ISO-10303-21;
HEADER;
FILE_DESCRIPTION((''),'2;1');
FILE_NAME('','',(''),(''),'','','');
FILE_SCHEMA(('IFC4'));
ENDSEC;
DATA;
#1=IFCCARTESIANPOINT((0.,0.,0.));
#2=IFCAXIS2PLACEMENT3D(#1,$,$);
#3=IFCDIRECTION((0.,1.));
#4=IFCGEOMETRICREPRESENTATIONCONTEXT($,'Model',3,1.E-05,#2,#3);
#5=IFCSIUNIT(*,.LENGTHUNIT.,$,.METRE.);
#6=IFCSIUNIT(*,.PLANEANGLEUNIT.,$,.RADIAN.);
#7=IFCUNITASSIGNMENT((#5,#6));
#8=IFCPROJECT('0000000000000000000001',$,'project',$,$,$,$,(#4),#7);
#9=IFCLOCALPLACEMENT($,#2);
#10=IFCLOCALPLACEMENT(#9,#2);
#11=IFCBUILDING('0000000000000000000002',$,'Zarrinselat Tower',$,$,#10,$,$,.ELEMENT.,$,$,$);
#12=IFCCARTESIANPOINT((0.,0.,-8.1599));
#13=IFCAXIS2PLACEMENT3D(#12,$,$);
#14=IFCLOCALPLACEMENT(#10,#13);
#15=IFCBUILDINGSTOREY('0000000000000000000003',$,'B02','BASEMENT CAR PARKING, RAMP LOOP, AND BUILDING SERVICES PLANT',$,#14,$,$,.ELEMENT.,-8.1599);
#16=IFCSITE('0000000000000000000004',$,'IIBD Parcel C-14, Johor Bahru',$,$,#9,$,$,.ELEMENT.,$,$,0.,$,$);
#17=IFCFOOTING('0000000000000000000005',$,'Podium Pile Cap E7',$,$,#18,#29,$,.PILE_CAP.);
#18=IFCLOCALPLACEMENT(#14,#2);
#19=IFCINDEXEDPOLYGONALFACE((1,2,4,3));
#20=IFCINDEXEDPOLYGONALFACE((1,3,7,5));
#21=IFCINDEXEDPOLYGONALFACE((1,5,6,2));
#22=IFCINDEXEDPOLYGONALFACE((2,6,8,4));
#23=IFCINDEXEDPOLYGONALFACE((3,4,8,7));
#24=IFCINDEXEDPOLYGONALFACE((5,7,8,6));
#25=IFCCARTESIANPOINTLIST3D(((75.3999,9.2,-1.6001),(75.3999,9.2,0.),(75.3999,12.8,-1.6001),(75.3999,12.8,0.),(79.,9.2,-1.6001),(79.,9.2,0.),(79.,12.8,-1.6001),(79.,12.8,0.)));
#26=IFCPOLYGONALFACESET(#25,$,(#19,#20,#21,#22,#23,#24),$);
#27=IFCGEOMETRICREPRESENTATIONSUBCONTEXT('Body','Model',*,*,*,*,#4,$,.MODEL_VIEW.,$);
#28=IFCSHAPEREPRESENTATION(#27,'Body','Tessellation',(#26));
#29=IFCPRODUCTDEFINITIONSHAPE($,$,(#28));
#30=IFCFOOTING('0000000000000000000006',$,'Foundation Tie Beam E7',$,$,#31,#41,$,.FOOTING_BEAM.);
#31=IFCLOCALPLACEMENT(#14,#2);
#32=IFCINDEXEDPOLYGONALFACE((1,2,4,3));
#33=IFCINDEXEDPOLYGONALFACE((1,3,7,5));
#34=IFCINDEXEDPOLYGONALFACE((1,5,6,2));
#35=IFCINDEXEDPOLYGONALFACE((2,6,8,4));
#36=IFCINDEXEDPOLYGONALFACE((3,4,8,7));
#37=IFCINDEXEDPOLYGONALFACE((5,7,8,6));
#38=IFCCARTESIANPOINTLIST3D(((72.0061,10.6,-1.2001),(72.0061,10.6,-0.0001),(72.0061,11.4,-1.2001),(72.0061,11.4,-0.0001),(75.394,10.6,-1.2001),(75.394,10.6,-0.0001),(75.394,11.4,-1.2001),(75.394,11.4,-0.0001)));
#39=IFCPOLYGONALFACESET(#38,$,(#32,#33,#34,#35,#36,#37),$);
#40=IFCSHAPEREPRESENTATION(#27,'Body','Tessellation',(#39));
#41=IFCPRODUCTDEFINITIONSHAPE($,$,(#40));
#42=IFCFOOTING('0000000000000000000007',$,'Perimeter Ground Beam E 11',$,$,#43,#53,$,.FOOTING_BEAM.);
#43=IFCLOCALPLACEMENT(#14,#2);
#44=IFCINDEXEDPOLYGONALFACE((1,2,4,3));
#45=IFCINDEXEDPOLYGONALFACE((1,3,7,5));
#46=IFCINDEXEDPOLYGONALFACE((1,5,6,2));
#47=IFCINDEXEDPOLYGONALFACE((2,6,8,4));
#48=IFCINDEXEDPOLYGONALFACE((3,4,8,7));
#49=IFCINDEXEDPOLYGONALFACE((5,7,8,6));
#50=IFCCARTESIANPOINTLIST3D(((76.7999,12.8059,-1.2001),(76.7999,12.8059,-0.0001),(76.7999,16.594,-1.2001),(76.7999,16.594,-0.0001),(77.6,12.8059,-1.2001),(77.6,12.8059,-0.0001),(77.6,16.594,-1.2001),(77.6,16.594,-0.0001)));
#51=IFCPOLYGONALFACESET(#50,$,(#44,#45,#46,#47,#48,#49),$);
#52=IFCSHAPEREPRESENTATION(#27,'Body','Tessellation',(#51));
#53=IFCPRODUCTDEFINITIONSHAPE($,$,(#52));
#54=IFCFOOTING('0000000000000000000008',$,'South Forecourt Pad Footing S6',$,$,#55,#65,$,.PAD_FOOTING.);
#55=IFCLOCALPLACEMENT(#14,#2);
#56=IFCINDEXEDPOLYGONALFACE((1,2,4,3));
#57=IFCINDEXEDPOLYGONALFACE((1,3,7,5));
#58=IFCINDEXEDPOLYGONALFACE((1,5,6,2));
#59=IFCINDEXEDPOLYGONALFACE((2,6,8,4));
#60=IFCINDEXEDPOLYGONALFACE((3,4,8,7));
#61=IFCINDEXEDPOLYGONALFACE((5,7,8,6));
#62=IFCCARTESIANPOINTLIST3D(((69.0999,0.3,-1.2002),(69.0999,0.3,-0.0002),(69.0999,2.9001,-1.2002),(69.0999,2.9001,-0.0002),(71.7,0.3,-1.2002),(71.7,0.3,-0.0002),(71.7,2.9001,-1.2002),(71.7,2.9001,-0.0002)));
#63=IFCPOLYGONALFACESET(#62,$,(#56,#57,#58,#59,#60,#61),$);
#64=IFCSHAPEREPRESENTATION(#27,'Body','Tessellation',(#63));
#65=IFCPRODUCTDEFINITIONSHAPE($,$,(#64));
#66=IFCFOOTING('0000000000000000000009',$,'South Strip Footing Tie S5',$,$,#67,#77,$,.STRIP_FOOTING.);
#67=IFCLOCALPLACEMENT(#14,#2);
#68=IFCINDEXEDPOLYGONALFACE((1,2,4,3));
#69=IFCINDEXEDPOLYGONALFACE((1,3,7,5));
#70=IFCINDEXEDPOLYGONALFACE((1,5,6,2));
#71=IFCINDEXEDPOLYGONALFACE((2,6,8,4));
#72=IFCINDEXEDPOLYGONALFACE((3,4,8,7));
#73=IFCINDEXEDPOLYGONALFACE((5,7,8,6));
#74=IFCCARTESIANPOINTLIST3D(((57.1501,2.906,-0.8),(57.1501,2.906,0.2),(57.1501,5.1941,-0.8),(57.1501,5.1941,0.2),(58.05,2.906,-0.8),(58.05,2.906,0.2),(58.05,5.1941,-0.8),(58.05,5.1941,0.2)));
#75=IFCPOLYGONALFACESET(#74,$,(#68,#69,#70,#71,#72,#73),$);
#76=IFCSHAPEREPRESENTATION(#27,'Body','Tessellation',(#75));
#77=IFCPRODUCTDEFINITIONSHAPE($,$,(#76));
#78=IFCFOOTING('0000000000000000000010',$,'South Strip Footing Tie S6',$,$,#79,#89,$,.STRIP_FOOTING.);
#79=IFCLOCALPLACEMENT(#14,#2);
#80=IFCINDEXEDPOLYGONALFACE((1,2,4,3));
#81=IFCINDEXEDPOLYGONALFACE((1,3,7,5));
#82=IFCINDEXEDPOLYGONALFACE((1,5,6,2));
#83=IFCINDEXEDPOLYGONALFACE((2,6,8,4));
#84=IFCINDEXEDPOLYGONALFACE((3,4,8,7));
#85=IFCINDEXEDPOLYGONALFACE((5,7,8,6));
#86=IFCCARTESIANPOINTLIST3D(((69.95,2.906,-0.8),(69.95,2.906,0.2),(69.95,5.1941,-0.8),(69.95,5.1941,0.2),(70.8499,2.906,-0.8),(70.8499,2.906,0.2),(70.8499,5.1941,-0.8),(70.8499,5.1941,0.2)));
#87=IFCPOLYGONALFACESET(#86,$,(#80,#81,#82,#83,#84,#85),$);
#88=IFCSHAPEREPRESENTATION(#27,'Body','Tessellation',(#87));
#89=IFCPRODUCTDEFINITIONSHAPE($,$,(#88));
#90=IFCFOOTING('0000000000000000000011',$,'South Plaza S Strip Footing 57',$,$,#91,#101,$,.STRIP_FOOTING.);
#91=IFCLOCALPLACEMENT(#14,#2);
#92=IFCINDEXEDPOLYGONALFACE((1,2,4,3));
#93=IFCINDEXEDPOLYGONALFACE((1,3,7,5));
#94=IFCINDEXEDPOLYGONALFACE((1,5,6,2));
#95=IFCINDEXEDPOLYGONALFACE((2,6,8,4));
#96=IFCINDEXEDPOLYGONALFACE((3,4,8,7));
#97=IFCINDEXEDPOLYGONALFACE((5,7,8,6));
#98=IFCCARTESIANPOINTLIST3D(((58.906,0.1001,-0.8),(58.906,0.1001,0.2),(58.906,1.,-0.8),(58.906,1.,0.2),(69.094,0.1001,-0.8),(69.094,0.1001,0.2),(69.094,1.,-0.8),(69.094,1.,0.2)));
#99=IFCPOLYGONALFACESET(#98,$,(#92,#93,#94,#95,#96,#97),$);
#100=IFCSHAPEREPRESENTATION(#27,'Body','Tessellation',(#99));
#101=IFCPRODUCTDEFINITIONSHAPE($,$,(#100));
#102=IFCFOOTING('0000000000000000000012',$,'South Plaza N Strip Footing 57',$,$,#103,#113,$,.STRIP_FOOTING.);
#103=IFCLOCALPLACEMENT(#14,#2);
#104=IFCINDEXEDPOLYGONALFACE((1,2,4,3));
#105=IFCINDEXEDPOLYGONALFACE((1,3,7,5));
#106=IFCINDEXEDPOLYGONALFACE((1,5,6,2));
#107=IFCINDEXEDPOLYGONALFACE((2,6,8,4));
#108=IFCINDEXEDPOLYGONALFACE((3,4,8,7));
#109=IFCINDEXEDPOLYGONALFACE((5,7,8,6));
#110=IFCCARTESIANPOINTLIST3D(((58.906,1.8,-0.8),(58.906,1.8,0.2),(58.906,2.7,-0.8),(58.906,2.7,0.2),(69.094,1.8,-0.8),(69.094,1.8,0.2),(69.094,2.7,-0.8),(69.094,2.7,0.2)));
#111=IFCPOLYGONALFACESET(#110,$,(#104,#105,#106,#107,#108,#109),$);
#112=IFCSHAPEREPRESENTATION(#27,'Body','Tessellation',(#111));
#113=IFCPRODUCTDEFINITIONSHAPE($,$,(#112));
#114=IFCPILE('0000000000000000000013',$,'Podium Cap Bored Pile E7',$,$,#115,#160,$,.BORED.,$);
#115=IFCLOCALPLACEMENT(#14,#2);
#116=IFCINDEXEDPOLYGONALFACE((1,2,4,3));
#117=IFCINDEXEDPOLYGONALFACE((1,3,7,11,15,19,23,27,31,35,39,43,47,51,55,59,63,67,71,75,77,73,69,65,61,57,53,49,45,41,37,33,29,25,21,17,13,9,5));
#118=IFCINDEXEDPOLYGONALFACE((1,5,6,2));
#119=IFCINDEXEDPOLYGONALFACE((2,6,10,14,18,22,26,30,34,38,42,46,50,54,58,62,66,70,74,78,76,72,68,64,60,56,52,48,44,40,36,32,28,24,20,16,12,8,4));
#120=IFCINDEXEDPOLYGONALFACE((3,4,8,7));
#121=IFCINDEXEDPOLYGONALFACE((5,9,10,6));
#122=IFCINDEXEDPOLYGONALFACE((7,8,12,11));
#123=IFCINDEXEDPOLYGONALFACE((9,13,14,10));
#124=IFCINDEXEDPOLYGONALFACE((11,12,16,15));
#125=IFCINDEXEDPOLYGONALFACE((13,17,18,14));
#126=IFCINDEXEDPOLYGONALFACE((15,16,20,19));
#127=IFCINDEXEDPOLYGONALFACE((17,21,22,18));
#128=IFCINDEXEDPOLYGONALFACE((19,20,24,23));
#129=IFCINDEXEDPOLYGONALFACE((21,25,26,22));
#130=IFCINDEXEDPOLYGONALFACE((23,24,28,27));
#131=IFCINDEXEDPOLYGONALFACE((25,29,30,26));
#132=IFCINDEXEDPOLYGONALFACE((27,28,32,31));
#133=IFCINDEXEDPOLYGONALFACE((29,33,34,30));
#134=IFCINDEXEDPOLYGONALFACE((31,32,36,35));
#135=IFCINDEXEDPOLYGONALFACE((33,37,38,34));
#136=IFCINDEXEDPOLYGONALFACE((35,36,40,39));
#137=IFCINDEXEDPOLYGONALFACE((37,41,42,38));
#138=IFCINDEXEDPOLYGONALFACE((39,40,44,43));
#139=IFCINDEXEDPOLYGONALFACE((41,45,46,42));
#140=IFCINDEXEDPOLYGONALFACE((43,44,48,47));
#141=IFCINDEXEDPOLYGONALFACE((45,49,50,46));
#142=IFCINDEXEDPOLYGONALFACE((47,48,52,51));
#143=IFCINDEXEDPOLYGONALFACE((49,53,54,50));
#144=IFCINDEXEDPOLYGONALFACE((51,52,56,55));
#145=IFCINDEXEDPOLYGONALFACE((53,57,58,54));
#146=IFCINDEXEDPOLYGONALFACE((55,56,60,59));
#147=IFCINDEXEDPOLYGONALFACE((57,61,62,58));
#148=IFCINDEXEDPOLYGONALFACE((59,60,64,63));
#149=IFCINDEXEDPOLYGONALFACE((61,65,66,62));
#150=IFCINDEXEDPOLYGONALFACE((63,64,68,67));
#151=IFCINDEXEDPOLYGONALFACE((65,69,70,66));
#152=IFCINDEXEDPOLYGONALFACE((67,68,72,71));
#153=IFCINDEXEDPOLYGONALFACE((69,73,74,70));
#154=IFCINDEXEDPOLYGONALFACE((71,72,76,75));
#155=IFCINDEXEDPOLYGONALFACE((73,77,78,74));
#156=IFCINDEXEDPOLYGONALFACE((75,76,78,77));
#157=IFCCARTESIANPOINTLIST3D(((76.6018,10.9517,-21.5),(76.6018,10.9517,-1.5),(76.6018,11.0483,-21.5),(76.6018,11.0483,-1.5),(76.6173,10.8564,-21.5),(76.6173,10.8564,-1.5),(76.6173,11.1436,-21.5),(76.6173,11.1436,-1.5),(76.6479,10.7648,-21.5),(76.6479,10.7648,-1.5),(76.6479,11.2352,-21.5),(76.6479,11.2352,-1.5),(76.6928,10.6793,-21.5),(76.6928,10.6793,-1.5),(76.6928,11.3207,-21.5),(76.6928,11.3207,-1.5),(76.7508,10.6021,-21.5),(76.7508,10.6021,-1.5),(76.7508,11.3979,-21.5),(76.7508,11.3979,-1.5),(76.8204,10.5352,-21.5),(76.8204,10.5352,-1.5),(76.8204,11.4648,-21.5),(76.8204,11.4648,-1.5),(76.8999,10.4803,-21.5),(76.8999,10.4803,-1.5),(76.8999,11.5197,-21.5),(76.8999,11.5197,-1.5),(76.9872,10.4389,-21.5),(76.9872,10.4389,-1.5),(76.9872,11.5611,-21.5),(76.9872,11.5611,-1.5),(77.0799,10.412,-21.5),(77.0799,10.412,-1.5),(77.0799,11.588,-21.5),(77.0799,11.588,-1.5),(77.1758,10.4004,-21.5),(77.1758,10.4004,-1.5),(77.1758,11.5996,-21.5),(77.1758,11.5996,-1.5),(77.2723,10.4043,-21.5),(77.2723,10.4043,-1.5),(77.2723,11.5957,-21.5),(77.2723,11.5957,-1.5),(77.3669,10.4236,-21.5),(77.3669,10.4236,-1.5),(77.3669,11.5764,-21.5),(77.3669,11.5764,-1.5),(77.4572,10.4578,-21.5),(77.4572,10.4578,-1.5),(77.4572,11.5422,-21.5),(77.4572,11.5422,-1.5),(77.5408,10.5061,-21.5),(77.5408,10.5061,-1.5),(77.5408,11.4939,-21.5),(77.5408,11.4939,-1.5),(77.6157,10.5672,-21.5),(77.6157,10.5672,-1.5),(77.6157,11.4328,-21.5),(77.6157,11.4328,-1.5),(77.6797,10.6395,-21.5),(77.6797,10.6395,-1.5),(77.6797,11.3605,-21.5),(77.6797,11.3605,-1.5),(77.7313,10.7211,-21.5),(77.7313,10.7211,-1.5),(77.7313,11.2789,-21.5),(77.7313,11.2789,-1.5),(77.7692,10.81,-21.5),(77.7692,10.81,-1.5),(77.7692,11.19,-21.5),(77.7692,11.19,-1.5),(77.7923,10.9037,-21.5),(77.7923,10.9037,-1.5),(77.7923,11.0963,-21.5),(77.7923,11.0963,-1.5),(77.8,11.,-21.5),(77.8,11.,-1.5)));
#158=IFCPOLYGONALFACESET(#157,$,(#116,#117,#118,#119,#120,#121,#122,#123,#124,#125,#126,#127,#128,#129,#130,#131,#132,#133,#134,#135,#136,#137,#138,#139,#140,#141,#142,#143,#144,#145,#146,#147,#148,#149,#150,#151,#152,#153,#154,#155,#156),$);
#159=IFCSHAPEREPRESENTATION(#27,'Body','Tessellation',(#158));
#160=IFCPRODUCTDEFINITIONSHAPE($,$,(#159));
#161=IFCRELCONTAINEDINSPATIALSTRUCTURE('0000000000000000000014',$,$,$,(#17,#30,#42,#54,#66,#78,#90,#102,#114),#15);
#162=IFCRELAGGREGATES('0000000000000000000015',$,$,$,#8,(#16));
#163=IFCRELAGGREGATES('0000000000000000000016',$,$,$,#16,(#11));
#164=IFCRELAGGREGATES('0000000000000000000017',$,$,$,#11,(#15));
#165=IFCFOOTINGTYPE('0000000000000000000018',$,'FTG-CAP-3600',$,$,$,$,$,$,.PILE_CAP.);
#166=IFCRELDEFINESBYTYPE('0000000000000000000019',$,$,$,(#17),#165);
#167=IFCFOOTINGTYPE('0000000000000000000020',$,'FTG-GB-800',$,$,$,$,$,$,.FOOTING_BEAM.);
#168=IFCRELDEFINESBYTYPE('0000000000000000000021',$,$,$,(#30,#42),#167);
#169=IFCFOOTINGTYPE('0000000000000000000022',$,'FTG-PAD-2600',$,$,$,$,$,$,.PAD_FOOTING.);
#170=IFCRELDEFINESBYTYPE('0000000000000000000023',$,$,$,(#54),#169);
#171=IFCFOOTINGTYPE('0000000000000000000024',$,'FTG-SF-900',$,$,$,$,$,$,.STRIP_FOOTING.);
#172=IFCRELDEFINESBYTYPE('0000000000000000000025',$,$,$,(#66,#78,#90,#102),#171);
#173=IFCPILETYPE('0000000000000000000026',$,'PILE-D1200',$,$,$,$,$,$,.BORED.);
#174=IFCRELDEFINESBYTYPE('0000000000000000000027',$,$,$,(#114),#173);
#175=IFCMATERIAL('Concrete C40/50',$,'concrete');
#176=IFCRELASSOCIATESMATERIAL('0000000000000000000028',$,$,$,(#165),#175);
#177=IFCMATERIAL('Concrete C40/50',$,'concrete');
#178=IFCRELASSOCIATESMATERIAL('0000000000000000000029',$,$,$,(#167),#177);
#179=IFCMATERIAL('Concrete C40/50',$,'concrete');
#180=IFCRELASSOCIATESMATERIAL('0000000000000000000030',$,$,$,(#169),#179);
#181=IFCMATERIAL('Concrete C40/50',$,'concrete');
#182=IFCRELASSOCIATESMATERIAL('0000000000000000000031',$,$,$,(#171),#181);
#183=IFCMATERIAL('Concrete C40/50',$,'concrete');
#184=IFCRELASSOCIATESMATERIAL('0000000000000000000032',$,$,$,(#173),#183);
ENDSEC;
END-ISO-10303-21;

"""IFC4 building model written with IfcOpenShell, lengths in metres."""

from ifc_helpers import new_model, si_unit, direction, frame, origin, origin_2d, place, context, subcontext, project, spatial, rectangle, circle, extrude, material, material_profile, profile_set, type_object, element, save


model = new_model("IFC4")

# Units and contexts
model_context = context("Model", 3, precision=1e-05, world=origin(), true_north=direction((0.0, 1.0)))
body_context = subcontext(model_context, "Body", "Model", "MODEL_VIEW")
ifc_project = project(units=[si_unit("LENGTHUNIT", "METRE"), si_unit("PLANEANGLEUNIT", "RADIAN")], contexts=[model_context])

# Site, building, storey
site_placement = place(None, origin())
site = spatial("IfcSite", under=ifc_project, at=site_placement, Name="IIBD Parcel C-14, Johor Bahru", CompositionType="ELEMENT", RefElevation=0.0)
building_placement = place(site_placement, origin())
building = spatial("IfcBuilding", under=site, at=building_placement, Name="Zarrinselat Tower", CompositionType="ELEMENT")
storey_placement = place(building_placement, frame((0.0, 0.0, -8.1599)))
storey = spatial("IfcBuildingStorey", under=building, at=storey_placement, Name="B02", Description="BASEMENT CAR PARKING, RAMP LOOP, AND BUILDING SERVICES PLANT", CompositionType="ELEMENT", Elevation=-8.1599)

# Footings
ifc_material_1 = material(Name="Concrete C40/50", Category="concrete")
footing_type_1 = type_object("IfcFootingType", Name="FTG-CAP-3600", PredefinedType="PILE_CAP", material=ifc_material_1)
footing_1_placement = place(storey_placement, frame((77.2, 11.0, -1.6001), z_axis=(0.0, 0.0, 1.0), x_axis=(1.0, 0.0, 0.0)))
element("IfcFooting", 1, at=footing_1_placement, inside=storey, type_object=footing_type_1, Name="Podium Pile Cap E7", PredefinedType="PILE_CAP", context=body_context, shape_type="SweptSolid", body=[
    extrude(rectangle(XDim=3.6001, YDim=3.6001, at=origin_2d()), origin(), (0.0, 0.0, 1.0), 1.6001),
])
ifc_material_2 = material(Name="Concrete C40/50", Category="concrete")
ifc_material_profile_1 = material_profile(ifc_material_2, rectangle(XDim=0.8, YDim=1.2, at=origin_2d()), Name="RC GB 800x1200")
ifc_profile_set_1 = profile_set([ifc_material_profile_1], Name="Concrete C40/50")
footing_type_2 = type_object("IfcFootingType", Name="FTG-GB-800", PredefinedType="FOOTING_BEAM", material=ifc_profile_set_1)
footing_2_placement = place(storey_placement, frame((72.0061, 11.0, -0.6001), z_axis=(1.0, 0.0, 0.0), x_axis=(0.0, 1.0, 0.0)))
element("IfcFooting", 2, at=footing_2_placement, inside=storey, type_object=footing_type_2, Name="Foundation Tie Beam E7", PredefinedType="FOOTING_BEAM", context=body_context, shape_type="SweptSolid", body=[
    extrude(rectangle(XDim=0.8, YDim=1.2, at=origin_2d()), origin(), (0.0, 0.0, 1.0), 3.3879),
])
footing_3_placement = place(storey_placement, frame((77.2, 12.8059, -0.6001), z_axis=(0.0, 1.0, 0.0), x_axis=(-1.0, 0.0, 0.0)))
element("IfcFooting", 3, at=footing_3_placement, inside=storey, type_object=footing_type_2, Name="Perimeter Ground Beam E 11", PredefinedType="FOOTING_BEAM", context=body_context, shape_type="SweptSolid", body=[
    extrude(rectangle(XDim=0.8, YDim=1.2, at=origin_2d()), origin(), (0.0, 0.0, 1.0), 3.7881),
])
ifc_material_3 = material(Name="Concrete C40/50", Category="concrete")
footing_type_3 = type_object("IfcFootingType", Name="FTG-PAD-2600", PredefinedType="PAD_FOOTING", material=ifc_material_3)
footing_4_placement = place(storey_placement, frame((70.3999, 1.6001, -1.2002), z_axis=(0.0, 0.0, 1.0), x_axis=(1.0, 0.0, 0.0)))
element("IfcFooting", 4, at=footing_4_placement, inside=storey, type_object=footing_type_3, Name="South Forecourt Pad Footing S6", PredefinedType="PAD_FOOTING", context=body_context, shape_type="SweptSolid", body=[
    extrude(rectangle(XDim=2.6001, YDim=2.6001, at=origin_2d()), origin(), (0.0, 0.0, 1.0), 1.2),
])
ifc_material_4 = material(Name="Concrete C40/50", Category="concrete")
ifc_material_profile_2 = material_profile(ifc_material_4, rectangle(XDim=0.8999, YDim=1.0, at=origin_2d()), Name="RC SF 900x1000")
ifc_profile_set_2 = profile_set([ifc_material_profile_2], Name="Concrete C40/50")
footing_type_4 = type_object("IfcFootingType", Name="FTG-SF-900", PredefinedType="STRIP_FOOTING", material=ifc_profile_set_2)
for number, where, z_axis, x_axis, name in (
    (5, (57.6001, 2.906, -0.3), (0.0, 1.0, 0.0), (-1.0, 0.0, 0.0), "South Strip Footing Tie S5"),
    (6, (70.3999, 2.906, -0.3), (0.0, 1.0, 0.0), (-1.0, 0.0, 0.0), "South Strip Footing Tie S6"),
):
    element("IfcFooting", number, at=place(storey_placement, frame(where, z_axis=z_axis, x_axis=x_axis)), inside=storey, type_object=footing_type_4, Name=name, PredefinedType="STRIP_FOOTING", context=body_context, shape_type="SweptSolid", body=[
        extrude(rectangle(XDim=0.8999, YDim=1.0, at=origin_2d()), origin(), (0.0, 0.0, 1.0), 2.2881),
    ])
for number, where, z_axis, x_axis, name in (
    (7, (58.906, 0.55, -0.3), (1.0, 0.0, 0.0), (0.0, 1.0, 0.0), "South Plaza S Strip Footing 57"),
    (8, (58.906, 2.25, -0.3), (1.0, 0.0, 0.0), (0.0, 1.0, 0.0), "South Plaza N Strip Footing 57"),
):
    element("IfcFooting", number, at=place(storey_placement, frame(where, z_axis=z_axis, x_axis=x_axis)), inside=storey, type_object=footing_type_4, Name=name, PredefinedType="STRIP_FOOTING", context=body_context, shape_type="SweptSolid", body=[
        extrude(rectangle(XDim=0.8999, YDim=1.0, at=origin_2d()), origin(), (0.0, 0.0, 1.0), 10.188),
    ])

# Pile
ifc_material_5 = material(Name="Concrete C40/50", Category="concrete")
ifc_material_profile_3 = material_profile(ifc_material_5, circle(Radius=0.6001, at=origin_2d()), Name="BORED PILE D1200")
ifc_profile_set_3 = profile_set([ifc_material_profile_3], Name="Concrete C40/50")
pile_type_1 = type_object("IfcPileType", Name="PILE-D1200", PredefinedType="BORED", material=ifc_profile_set_3)
pile_placement = place(storey_placement, frame((77.2, 11.0, -1.5), z_axis=(0.0, 0.0, -1.0), x_axis=(1.0, 0.0, 0.0)))
element("IfcPile", 9, at=pile_placement, inside=storey, type_object=pile_type_1, Name="Podium Cap Bored Pile E7", PredefinedType="BORED", context=body_context, shape_type="SweptSolid", body=[
    extrude(circle(Radius=0.6001, at=origin_2d()), origin(), (0.0, 0.0, 1.0), 20.0),
])

save(model, "model.ifc")
